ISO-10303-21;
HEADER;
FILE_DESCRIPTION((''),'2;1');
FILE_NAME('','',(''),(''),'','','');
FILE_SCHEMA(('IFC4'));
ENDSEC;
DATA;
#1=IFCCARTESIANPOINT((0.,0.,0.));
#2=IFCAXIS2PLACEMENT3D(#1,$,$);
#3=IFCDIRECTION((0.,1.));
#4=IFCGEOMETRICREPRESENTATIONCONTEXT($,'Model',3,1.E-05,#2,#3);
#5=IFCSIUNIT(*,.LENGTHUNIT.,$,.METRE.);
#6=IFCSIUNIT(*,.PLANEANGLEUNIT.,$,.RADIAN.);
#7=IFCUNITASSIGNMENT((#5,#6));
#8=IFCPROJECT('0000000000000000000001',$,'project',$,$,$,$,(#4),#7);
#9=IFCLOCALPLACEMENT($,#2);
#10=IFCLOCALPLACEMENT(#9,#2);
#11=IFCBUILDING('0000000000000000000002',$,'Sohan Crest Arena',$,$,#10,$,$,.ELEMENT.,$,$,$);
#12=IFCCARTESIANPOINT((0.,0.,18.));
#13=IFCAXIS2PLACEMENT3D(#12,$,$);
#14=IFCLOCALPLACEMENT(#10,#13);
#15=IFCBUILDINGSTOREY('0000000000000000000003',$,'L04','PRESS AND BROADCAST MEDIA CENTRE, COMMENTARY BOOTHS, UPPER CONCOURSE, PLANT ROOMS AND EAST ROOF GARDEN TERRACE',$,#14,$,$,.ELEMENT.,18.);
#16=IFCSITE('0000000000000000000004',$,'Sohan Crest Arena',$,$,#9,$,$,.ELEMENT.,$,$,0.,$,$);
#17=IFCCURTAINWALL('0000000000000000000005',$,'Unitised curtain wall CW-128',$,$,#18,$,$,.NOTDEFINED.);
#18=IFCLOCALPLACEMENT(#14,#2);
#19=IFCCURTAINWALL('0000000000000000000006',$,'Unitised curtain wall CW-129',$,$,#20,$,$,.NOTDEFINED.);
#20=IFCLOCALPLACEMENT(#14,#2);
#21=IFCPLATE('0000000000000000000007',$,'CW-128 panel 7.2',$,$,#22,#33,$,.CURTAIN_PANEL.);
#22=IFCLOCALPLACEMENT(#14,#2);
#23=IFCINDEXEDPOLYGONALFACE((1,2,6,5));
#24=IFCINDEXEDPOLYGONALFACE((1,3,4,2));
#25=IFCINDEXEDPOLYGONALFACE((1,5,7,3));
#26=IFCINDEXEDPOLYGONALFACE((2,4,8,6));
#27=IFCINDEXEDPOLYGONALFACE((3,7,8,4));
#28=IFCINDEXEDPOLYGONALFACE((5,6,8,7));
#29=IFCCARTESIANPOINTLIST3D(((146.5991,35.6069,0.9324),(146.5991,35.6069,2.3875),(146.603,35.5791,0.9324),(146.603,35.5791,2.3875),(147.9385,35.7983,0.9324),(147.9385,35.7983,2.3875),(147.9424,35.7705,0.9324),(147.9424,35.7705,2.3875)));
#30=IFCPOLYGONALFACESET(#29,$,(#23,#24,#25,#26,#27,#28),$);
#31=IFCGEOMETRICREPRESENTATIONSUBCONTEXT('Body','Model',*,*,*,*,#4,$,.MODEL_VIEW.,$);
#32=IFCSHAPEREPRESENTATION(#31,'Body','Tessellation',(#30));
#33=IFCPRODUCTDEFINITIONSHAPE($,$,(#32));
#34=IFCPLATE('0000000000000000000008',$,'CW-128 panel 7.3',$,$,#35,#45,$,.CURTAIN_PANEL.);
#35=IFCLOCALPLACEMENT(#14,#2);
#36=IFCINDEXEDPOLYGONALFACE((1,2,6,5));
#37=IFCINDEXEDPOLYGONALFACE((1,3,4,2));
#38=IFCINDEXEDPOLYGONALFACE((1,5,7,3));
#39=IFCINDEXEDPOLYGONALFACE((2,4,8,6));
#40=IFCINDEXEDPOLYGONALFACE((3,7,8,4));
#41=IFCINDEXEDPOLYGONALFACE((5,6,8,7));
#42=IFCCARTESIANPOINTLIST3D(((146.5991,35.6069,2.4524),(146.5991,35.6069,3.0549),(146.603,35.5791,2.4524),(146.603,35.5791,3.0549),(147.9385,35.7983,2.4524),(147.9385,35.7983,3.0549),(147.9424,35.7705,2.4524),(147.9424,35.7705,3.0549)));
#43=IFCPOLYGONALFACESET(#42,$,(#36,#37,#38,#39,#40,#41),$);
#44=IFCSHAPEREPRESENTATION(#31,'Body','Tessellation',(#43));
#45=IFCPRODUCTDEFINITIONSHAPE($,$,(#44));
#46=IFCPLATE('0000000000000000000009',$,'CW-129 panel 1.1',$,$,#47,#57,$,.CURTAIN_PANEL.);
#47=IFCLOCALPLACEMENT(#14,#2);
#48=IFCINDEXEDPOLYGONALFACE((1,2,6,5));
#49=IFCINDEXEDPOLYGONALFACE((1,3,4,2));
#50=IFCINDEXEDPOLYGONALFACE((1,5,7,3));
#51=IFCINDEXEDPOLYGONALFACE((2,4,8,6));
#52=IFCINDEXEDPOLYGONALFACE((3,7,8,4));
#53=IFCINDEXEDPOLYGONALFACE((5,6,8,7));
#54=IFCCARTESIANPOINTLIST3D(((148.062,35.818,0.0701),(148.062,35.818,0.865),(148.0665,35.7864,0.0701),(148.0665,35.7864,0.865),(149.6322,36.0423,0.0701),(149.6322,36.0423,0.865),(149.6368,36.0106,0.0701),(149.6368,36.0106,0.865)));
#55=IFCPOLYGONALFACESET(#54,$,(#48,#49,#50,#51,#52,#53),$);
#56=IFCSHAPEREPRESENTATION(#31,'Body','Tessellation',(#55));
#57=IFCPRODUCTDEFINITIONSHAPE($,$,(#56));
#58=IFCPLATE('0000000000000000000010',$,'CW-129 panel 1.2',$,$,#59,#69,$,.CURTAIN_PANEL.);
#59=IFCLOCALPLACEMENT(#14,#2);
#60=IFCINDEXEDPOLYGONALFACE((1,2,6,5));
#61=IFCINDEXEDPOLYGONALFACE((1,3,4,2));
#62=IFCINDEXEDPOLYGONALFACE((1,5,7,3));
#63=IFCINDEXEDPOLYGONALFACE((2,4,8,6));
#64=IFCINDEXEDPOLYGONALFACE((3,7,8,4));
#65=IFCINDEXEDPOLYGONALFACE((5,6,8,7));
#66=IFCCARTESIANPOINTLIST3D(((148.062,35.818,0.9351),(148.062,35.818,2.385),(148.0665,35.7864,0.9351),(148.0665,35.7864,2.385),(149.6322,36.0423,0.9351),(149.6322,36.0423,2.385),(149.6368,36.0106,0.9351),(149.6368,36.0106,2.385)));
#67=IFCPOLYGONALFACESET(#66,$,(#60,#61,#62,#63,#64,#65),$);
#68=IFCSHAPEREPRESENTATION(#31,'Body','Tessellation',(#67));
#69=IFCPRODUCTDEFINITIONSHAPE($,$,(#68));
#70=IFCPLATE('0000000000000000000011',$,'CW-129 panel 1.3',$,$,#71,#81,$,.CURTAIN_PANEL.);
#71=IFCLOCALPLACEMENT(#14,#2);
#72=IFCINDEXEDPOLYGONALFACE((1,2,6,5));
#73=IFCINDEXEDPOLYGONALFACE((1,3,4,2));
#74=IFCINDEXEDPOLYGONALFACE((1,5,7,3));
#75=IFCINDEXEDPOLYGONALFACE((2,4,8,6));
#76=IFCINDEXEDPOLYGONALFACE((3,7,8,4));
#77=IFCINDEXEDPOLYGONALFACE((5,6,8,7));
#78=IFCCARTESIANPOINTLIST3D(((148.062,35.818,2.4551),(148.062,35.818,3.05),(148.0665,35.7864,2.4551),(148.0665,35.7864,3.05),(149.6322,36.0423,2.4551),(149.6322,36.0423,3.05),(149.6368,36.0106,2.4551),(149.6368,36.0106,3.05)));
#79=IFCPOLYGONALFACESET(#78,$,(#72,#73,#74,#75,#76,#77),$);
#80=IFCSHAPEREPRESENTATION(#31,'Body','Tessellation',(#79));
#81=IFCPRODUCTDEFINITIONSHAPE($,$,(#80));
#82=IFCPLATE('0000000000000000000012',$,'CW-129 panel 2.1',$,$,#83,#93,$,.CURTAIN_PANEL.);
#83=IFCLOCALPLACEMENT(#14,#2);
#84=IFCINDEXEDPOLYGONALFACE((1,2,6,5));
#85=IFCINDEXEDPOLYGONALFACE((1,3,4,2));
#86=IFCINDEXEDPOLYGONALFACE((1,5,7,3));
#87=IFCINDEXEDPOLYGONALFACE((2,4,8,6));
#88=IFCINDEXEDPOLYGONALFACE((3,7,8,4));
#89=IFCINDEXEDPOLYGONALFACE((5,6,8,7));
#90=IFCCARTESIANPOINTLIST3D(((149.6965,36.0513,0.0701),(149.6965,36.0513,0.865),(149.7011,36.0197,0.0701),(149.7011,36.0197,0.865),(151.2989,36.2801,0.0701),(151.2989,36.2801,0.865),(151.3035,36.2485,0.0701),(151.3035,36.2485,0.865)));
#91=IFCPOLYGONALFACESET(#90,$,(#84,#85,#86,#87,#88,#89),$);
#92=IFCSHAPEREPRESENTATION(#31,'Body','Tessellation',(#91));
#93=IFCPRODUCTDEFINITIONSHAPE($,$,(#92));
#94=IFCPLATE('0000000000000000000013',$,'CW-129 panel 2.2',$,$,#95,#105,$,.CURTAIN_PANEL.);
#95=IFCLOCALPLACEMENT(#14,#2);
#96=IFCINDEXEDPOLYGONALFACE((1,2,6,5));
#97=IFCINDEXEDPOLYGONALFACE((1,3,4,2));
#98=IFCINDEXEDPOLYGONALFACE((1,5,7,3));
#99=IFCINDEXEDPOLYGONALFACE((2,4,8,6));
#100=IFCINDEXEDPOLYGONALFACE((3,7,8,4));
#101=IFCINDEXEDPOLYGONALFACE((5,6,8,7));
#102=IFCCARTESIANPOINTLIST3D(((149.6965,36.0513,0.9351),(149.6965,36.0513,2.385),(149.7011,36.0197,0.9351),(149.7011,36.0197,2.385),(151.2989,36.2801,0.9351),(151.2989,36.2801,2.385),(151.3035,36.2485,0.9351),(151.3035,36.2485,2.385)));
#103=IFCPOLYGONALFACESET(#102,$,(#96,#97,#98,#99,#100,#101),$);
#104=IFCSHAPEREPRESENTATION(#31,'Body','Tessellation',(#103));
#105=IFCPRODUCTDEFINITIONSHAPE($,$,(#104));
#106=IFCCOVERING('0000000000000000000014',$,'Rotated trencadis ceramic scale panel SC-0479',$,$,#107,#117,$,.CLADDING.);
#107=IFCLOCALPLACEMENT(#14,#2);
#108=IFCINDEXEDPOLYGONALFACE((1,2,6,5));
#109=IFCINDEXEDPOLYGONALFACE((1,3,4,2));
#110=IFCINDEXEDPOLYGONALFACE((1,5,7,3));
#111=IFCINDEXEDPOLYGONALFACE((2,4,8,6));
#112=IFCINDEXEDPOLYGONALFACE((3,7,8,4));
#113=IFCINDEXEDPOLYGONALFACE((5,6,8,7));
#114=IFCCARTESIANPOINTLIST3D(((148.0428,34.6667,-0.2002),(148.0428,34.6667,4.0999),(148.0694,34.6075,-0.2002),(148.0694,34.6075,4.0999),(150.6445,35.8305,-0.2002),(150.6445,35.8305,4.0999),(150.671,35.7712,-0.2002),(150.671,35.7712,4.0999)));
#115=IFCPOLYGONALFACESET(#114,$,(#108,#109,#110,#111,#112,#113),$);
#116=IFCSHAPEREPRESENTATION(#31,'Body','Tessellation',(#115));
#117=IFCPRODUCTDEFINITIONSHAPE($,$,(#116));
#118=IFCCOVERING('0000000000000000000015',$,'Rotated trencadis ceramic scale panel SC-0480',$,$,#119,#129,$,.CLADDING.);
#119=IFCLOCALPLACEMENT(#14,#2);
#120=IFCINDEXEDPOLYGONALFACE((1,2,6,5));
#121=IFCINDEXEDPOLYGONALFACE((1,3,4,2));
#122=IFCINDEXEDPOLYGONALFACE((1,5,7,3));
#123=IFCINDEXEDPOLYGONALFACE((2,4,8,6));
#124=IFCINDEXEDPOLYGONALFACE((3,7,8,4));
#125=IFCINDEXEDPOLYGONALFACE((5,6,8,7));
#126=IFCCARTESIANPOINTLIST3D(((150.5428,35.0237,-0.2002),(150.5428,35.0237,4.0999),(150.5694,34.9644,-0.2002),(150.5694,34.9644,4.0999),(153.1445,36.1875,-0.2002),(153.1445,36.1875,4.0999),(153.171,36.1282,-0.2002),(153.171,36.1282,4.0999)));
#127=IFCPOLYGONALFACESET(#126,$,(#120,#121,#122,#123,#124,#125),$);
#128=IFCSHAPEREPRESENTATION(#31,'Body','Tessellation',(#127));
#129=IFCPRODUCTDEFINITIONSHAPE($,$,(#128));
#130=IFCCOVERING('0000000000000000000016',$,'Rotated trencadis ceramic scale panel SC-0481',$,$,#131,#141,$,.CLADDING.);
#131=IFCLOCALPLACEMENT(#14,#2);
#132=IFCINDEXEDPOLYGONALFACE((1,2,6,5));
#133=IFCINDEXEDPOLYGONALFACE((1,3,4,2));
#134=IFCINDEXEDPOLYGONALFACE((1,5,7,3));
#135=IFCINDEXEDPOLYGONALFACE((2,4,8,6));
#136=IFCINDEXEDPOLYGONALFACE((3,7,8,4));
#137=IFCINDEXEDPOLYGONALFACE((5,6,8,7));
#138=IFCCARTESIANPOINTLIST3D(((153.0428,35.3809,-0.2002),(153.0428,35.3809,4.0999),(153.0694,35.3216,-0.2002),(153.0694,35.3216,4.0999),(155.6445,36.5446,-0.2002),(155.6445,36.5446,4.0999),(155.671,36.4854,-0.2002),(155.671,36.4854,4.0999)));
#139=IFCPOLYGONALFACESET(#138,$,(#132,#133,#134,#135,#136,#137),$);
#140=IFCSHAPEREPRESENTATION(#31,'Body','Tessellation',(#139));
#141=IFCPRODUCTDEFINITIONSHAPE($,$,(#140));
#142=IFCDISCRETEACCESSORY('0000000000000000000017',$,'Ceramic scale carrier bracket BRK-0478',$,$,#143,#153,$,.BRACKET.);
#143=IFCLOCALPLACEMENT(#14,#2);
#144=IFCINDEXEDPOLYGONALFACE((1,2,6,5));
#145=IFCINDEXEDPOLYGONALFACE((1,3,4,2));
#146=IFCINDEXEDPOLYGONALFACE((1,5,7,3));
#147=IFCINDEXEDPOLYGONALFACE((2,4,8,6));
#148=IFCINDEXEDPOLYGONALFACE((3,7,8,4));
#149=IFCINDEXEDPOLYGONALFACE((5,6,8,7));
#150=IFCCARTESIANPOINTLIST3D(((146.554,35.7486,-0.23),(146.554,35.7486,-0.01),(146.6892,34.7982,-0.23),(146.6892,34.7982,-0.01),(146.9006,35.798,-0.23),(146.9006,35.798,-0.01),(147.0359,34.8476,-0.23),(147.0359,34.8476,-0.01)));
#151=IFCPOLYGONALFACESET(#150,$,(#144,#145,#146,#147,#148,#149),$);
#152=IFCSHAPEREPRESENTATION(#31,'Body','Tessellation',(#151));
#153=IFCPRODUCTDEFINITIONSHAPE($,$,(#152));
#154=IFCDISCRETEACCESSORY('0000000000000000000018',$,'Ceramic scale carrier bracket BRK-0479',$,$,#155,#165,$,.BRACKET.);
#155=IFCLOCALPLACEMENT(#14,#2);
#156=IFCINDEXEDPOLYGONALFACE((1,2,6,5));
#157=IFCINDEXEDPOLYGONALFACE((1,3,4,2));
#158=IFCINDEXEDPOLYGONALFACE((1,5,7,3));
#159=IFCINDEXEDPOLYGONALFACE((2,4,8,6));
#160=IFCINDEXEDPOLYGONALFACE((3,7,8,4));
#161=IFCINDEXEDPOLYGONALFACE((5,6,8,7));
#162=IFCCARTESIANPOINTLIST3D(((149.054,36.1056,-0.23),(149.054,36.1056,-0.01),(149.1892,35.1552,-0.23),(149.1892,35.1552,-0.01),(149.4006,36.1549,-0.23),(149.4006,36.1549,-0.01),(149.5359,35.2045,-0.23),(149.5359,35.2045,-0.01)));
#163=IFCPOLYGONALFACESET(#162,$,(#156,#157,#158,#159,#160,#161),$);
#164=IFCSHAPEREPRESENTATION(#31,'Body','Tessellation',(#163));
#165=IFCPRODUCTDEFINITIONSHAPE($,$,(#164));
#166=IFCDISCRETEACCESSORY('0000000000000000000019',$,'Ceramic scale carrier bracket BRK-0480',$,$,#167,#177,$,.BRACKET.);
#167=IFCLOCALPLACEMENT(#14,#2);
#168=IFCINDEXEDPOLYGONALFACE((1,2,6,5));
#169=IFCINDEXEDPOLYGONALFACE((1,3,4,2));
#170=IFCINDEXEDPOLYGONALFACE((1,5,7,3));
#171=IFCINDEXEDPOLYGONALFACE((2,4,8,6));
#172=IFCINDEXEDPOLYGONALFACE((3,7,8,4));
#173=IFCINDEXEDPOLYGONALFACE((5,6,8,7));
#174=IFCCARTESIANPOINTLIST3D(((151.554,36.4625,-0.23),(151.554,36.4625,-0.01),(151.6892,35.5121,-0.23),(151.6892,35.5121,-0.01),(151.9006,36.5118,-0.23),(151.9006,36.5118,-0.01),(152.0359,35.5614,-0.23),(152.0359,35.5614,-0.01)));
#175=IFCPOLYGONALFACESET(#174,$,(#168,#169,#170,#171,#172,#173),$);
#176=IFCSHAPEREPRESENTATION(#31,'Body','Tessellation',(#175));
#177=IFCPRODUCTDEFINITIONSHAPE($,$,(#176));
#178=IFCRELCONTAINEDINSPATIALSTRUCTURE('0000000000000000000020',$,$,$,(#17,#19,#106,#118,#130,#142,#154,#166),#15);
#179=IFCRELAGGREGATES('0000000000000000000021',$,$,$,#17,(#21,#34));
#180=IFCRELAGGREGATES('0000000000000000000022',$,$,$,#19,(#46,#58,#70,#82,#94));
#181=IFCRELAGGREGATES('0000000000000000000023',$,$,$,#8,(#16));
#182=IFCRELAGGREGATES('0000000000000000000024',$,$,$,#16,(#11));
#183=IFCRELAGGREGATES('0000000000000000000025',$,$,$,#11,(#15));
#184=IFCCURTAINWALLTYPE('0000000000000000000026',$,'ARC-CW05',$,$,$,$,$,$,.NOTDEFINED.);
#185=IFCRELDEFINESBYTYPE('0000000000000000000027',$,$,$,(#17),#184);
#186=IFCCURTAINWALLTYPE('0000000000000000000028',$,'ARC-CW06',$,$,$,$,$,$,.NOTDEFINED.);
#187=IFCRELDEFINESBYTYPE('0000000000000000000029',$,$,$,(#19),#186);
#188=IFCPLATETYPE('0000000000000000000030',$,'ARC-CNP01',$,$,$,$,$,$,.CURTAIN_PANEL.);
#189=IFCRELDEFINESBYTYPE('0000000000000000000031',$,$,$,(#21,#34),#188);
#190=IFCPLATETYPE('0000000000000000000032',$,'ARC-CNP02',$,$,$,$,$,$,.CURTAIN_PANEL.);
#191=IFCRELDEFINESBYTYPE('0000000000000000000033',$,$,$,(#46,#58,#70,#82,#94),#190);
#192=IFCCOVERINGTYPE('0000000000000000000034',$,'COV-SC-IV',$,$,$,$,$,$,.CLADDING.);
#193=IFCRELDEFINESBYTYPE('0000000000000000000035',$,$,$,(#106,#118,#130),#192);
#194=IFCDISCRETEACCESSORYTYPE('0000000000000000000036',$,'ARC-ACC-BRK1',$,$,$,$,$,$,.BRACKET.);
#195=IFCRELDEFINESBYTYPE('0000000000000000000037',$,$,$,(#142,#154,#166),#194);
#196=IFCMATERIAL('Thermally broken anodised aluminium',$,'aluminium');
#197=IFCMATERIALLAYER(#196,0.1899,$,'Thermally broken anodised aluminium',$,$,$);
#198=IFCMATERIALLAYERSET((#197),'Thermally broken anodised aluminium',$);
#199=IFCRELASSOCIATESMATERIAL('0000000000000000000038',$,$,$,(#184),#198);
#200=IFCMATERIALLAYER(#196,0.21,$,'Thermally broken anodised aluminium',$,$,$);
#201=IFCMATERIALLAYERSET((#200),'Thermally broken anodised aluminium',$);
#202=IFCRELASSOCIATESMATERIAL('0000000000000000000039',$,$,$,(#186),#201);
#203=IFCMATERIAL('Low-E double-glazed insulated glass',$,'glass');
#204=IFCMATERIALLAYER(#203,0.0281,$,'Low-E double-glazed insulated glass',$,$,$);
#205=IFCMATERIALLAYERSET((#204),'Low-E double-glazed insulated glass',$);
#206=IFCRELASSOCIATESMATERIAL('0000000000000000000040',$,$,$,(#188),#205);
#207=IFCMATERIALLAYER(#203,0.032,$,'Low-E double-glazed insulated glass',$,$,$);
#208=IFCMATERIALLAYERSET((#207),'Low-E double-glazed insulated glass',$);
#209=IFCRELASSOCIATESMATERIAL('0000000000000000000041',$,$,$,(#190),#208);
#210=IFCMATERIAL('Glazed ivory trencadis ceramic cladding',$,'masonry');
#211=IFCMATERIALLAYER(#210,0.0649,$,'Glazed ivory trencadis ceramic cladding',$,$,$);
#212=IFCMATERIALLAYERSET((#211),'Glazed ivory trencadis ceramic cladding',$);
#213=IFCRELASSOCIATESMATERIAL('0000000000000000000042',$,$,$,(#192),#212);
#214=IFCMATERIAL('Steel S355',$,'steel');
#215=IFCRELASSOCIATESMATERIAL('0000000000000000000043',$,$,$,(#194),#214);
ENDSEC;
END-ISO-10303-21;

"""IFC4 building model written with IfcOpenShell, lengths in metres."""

from ifc_helpers import new_model, si_unit, direction, frame, origin, origin_2d, place, context, subcontext, project, spatial, rectangle, extrude, material, layer, layer_set, type_object, element, aggregate, save


model = new_model("IFC4")

# Units and contexts
model_context = context("Model", 3, precision=1e-05, world=origin(), true_north=direction((0.0, 1.0)))
body_context = subcontext(model_context, "Body", "Model", "MODEL_VIEW")
ifc_project = project(units=[si_unit("LENGTHUNIT", "METRE"), si_unit("PLANEANGLEUNIT", "RADIAN")], contexts=[model_context])

# Site, building, storey
site_placement = place(None, origin())
site = spatial("IfcSite", under=ifc_project, at=site_placement, Name="Sohan Crest Arena", CompositionType="ELEMENT", RefElevation=0.0)
building_placement = place(site_placement, origin())
building = spatial("IfcBuilding", under=site, at=building_placement, Name="Sohan Crest Arena", CompositionType="ELEMENT")
storey_placement = place(building_placement, frame((0.0, 0.0, 18.0)))
storey = spatial("IfcBuildingStorey", under=building, at=storey_placement, Name="L04", Description="PRESS AND BROADCAST MEDIA CENTRE, COMMENTARY BOOTHS, UPPER CONCOURSE, PLANT ROOMS AND EAST ROOF GARDEN TERRACE", CompositionType="ELEMENT", Elevation=18.0)

# Curtain wall
ifc_material_1 = material(Name="Thermally broken anodised aluminium", Category="aluminium")
ifc_layer_1 = layer(ifc_material_1, 0.1899, Name="Thermally broken anodised aluminium")
ifc_layer_set_1 = layer_set([ifc_layer_1], Name="Thermally broken anodised aluminium")
curtain_wall_type_1 = type_object("IfcCurtainWallType", Name="ARC-CW05", PredefinedType="NOTDEFINED", material=ifc_layer_set_1)
curtain_wall_1_placement = place(storey_placement, origin())
curtain_wall_1 = element("IfcCurtainWall", 1, at=curtain_wall_1_placement, inside=storey, type_object=curtain_wall_type_1, Name="Unitised curtain wall CW-128", PredefinedType="NOTDEFINED")

# Curtain wall
ifc_layer_2 = layer(ifc_material_1, 0.21, Name="Thermally broken anodised aluminium")
ifc_layer_set_2 = layer_set([ifc_layer_2], Name="Thermally broken anodised aluminium")
curtain_wall_type_2 = type_object("IfcCurtainWallType", Name="ARC-CW06", PredefinedType="NOTDEFINED", material=ifc_layer_set_2)
curtain_wall_2_placement = place(storey_placement, origin())
curtain_wall_2 = element("IfcCurtainWall", 2, at=curtain_wall_2_placement, inside=storey, type_object=curtain_wall_type_2, Name="Unitised curtain wall CW-129", PredefinedType="NOTDEFINED")

# Plates
ifc_material_2 = material(Name="Low-E double-glazed insulated glass", Category="glass")
ifc_layer_3 = layer(ifc_material_2, 0.0281, Name="Low-E double-glazed insulated glass")
ifc_layer_set_3 = layer_set([ifc_layer_3], Name="Low-E double-glazed insulated glass")
plate_type_1 = type_object("IfcPlateType", Name="ARC-CNP01", PredefinedType="CURTAIN_PANEL", material=ifc_layer_set_3)
plate_1_placement = place(storey_placement, frame((147.2708, 35.6887, 0.9324), z_axis=(0.0, 0.0, 1.0), x_axis=(0.989944, 0.141463, 0.0)))
plate_1 = element("IfcPlate", 3, at=plate_1_placement, type_object=plate_type_1, Name="CW-128 panel 7.2", PredefinedType="CURTAIN_PANEL", context=body_context, shape_type="SweptSolid", body=[
    extrude(rectangle(XDim=1.353, YDim=0.0281, at=origin_2d()), origin(), (0.0, 0.0, 1.0), 1.4551),
])
plate_2_placement = place(storey_placement, frame((147.2708, 35.6887, 2.4524), z_axis=(0.0, 0.0, 1.0), x_axis=(0.989944, 0.141463, 0.0)))
plate_2 = element("IfcPlate", 4, at=plate_2_placement, type_object=plate_type_1, Name="CW-128 panel 7.3", PredefinedType="CURTAIN_PANEL", context=body_context, shape_type="SweptSolid", body=[
    extrude(rectangle(XDim=1.353, YDim=0.0281, at=origin_2d()), origin(), (0.0, 0.0, 1.0), 0.6025),
])
aggregate(curtain_wall_1, [plate_1, plate_2])
ifc_layer_4 = layer(ifc_material_2, 0.032, Name="Low-E double-glazed insulated glass")
ifc_layer_set_4 = layer_set([ifc_layer_4], Name="Low-E double-glazed insulated glass")
plate_type_2 = type_object("IfcPlateType", Name="ARC-CNP02", PredefinedType="CURTAIN_PANEL", material=ifc_layer_set_4)
plate_3_placement = place(storey_placement, frame((148.8494, 35.9143, 0.0701), z_axis=(0.0, 0.0, 1.0), x_axis=(0.989957, 0.141366, 0.0)))
plate_3 = element("IfcPlate", 5, at=plate_3_placement, type_object=plate_type_2, Name="CW-129 panel 1.1", PredefinedType="CURTAIN_PANEL", context=body_context, shape_type="SweptSolid", body=[
    extrude(rectangle(XDim=1.5862, YDim=0.032, at=origin_2d()), origin(), (0.0, 0.0, 1.0), 0.7949),
])
plate_4_placement = place(storey_placement, frame((148.8494, 35.9143, 0.9351), z_axis=(0.0, 0.0, 1.0), x_axis=(0.989957, 0.141366, 0.0)))
plate_4 = element("IfcPlate", 6, at=plate_4_placement, type_object=plate_type_2, Name="CW-129 panel 1.2", PredefinedType="CURTAIN_PANEL", context=body_context, shape_type="SweptSolid", body=[
    extrude(rectangle(XDim=1.5862, YDim=0.032, at=origin_2d()), origin(), (0.0, 0.0, 1.0), 1.45),
])
plate_5_placement = place(storey_placement, frame((148.8494, 35.9143, 2.4551), z_axis=(0.0, 0.0, 1.0), x_axis=(0.989957, 0.141366, 0.0)))
plate_5 = element("IfcPlate", 7, at=plate_5_placement, type_object=plate_type_2, Name="CW-129 panel 1.3", PredefinedType="CURTAIN_PANEL", context=body_context, shape_type="SweptSolid", body=[
    extrude(rectangle(XDim=1.5862, YDim=0.032, at=origin_2d()), origin(), (0.0, 0.0, 1.0), 0.595),
])
plate_6_placement = place(storey_placement, frame((150.5, 36.1499, 0.0701), z_axis=(0.0, 0.0, 1.0), x_axis=(0.989957, 0.141366, 0.0)))
plate_6 = element("IfcPlate", 8, at=plate_6_placement, type_object=plate_type_2, Name="CW-129 panel 2.1", PredefinedType="CURTAIN_PANEL", context=body_context, shape_type="SweptSolid", body=[
    extrude(rectangle(XDim=1.6187, YDim=0.032, at=origin_2d()), origin(), (0.0, 0.0, 1.0), 0.7949),
])
plate_7_placement = place(storey_placement, frame((150.5, 36.1499, 0.9351), z_axis=(0.0, 0.0, 1.0), x_axis=(0.989957, 0.141366, 0.0)))
plate_7 = element("IfcPlate", 9, at=plate_7_placement, type_object=plate_type_2, Name="CW-129 panel 2.2", PredefinedType="CURTAIN_PANEL", context=body_context, shape_type="SweptSolid", body=[
    extrude(rectangle(XDim=1.6187, YDim=0.032, at=origin_2d()), origin(), (0.0, 0.0, 1.0), 1.45),
])
aggregate(curtain_wall_2, [plate_3, plate_4, plate_5, plate_6, plate_7])

# Coverings
ifc_material_3 = material(Name="Glazed ivory trencadis ceramic cladding", Category="masonry")
ifc_layer_5 = layer(ifc_material_3, 0.0649, Name="Glazed ivory trencadis ceramic cladding")
ifc_layer_set_5 = layer_set([ifc_layer_5], Name="Glazed ivory trencadis ceramic cladding")
covering_type = type_object("IfcCoveringType", Name="COV-SC-IV", PredefinedType="CLADDING", material=ifc_layer_set_5)
for number, where, z_axis, x_axis, name in (
    (10, (149.3569, 35.219, -0.2002), (0.0, 0.0, 1.0), (0.912834, 0.40833, 0.0), "Rotated trencadis ceramic scale panel SC-0479"),
    (11, (151.8569, 35.5759, -0.2002), (0.0, 0.0, 1.0), (0.912834, 0.40833, 0.0), "Rotated trencadis ceramic scale panel SC-0480"),
    (12, (154.3569, 35.9331, -0.2002), (0.0, 0.0, 1.0), (0.912834, 0.40833, 0.0), "Rotated trencadis ceramic scale panel SC-0481"),
):
    element("IfcCovering", number, at=place(storey_placement, frame(where, z_axis=z_axis, x_axis=x_axis)), inside=storey, type_object=covering_type, Name=name, PredefinedType="CLADDING", context=body_context, shape_type="SweptSolid", body=[
        extrude(rectangle(XDim=2.8501, YDim=0.0649, at=origin_2d()), origin(), (0.0, 0.0, 1.0), 4.3),
    ])

# Discrete accessories
ifc_material_4 = material(Name="Steel S355", Category="steel")
discrete_accessory_type = type_object("IfcDiscreteAccessoryType", Name="ARC-ACC-BRK1", PredefinedType="BRACKET", material=ifc_material_4)
for number, where, z_axis, x_axis, name in (
    (13, (146.7949, 35.2981, -0.23), (0.0, 0.0, 1.0), (0.990024, 0.140901, 0.0), "Ceramic scale carrier bracket BRK-0478"),
    (14, (149.2949, 35.655, -0.23), (0.0, 0.0, 1.0), (0.990024, 0.140901, 0.0), "Ceramic scale carrier bracket BRK-0479"),
    (15, (151.7949, 36.012, -0.23), (0.0, 0.0, 1.0), (0.990024, 0.140901, 0.0), "Ceramic scale carrier bracket BRK-0480"),
):
    element("IfcDiscreteAccessory", number, at=place(storey_placement, frame(where, z_axis=z_axis, x_axis=x_axis)), inside=storey, type_object=discrete_accessory_type, Name=name, PredefinedType="BRACKET", context=body_context, shape_type="SweptSolid", body=[
        extrude(rectangle(XDim=0.3501, YDim=0.96, at=origin_2d()), origin(), (0.0, 0.0, 1.0), 0.22),
    ])

save(model, "model.ifc")
